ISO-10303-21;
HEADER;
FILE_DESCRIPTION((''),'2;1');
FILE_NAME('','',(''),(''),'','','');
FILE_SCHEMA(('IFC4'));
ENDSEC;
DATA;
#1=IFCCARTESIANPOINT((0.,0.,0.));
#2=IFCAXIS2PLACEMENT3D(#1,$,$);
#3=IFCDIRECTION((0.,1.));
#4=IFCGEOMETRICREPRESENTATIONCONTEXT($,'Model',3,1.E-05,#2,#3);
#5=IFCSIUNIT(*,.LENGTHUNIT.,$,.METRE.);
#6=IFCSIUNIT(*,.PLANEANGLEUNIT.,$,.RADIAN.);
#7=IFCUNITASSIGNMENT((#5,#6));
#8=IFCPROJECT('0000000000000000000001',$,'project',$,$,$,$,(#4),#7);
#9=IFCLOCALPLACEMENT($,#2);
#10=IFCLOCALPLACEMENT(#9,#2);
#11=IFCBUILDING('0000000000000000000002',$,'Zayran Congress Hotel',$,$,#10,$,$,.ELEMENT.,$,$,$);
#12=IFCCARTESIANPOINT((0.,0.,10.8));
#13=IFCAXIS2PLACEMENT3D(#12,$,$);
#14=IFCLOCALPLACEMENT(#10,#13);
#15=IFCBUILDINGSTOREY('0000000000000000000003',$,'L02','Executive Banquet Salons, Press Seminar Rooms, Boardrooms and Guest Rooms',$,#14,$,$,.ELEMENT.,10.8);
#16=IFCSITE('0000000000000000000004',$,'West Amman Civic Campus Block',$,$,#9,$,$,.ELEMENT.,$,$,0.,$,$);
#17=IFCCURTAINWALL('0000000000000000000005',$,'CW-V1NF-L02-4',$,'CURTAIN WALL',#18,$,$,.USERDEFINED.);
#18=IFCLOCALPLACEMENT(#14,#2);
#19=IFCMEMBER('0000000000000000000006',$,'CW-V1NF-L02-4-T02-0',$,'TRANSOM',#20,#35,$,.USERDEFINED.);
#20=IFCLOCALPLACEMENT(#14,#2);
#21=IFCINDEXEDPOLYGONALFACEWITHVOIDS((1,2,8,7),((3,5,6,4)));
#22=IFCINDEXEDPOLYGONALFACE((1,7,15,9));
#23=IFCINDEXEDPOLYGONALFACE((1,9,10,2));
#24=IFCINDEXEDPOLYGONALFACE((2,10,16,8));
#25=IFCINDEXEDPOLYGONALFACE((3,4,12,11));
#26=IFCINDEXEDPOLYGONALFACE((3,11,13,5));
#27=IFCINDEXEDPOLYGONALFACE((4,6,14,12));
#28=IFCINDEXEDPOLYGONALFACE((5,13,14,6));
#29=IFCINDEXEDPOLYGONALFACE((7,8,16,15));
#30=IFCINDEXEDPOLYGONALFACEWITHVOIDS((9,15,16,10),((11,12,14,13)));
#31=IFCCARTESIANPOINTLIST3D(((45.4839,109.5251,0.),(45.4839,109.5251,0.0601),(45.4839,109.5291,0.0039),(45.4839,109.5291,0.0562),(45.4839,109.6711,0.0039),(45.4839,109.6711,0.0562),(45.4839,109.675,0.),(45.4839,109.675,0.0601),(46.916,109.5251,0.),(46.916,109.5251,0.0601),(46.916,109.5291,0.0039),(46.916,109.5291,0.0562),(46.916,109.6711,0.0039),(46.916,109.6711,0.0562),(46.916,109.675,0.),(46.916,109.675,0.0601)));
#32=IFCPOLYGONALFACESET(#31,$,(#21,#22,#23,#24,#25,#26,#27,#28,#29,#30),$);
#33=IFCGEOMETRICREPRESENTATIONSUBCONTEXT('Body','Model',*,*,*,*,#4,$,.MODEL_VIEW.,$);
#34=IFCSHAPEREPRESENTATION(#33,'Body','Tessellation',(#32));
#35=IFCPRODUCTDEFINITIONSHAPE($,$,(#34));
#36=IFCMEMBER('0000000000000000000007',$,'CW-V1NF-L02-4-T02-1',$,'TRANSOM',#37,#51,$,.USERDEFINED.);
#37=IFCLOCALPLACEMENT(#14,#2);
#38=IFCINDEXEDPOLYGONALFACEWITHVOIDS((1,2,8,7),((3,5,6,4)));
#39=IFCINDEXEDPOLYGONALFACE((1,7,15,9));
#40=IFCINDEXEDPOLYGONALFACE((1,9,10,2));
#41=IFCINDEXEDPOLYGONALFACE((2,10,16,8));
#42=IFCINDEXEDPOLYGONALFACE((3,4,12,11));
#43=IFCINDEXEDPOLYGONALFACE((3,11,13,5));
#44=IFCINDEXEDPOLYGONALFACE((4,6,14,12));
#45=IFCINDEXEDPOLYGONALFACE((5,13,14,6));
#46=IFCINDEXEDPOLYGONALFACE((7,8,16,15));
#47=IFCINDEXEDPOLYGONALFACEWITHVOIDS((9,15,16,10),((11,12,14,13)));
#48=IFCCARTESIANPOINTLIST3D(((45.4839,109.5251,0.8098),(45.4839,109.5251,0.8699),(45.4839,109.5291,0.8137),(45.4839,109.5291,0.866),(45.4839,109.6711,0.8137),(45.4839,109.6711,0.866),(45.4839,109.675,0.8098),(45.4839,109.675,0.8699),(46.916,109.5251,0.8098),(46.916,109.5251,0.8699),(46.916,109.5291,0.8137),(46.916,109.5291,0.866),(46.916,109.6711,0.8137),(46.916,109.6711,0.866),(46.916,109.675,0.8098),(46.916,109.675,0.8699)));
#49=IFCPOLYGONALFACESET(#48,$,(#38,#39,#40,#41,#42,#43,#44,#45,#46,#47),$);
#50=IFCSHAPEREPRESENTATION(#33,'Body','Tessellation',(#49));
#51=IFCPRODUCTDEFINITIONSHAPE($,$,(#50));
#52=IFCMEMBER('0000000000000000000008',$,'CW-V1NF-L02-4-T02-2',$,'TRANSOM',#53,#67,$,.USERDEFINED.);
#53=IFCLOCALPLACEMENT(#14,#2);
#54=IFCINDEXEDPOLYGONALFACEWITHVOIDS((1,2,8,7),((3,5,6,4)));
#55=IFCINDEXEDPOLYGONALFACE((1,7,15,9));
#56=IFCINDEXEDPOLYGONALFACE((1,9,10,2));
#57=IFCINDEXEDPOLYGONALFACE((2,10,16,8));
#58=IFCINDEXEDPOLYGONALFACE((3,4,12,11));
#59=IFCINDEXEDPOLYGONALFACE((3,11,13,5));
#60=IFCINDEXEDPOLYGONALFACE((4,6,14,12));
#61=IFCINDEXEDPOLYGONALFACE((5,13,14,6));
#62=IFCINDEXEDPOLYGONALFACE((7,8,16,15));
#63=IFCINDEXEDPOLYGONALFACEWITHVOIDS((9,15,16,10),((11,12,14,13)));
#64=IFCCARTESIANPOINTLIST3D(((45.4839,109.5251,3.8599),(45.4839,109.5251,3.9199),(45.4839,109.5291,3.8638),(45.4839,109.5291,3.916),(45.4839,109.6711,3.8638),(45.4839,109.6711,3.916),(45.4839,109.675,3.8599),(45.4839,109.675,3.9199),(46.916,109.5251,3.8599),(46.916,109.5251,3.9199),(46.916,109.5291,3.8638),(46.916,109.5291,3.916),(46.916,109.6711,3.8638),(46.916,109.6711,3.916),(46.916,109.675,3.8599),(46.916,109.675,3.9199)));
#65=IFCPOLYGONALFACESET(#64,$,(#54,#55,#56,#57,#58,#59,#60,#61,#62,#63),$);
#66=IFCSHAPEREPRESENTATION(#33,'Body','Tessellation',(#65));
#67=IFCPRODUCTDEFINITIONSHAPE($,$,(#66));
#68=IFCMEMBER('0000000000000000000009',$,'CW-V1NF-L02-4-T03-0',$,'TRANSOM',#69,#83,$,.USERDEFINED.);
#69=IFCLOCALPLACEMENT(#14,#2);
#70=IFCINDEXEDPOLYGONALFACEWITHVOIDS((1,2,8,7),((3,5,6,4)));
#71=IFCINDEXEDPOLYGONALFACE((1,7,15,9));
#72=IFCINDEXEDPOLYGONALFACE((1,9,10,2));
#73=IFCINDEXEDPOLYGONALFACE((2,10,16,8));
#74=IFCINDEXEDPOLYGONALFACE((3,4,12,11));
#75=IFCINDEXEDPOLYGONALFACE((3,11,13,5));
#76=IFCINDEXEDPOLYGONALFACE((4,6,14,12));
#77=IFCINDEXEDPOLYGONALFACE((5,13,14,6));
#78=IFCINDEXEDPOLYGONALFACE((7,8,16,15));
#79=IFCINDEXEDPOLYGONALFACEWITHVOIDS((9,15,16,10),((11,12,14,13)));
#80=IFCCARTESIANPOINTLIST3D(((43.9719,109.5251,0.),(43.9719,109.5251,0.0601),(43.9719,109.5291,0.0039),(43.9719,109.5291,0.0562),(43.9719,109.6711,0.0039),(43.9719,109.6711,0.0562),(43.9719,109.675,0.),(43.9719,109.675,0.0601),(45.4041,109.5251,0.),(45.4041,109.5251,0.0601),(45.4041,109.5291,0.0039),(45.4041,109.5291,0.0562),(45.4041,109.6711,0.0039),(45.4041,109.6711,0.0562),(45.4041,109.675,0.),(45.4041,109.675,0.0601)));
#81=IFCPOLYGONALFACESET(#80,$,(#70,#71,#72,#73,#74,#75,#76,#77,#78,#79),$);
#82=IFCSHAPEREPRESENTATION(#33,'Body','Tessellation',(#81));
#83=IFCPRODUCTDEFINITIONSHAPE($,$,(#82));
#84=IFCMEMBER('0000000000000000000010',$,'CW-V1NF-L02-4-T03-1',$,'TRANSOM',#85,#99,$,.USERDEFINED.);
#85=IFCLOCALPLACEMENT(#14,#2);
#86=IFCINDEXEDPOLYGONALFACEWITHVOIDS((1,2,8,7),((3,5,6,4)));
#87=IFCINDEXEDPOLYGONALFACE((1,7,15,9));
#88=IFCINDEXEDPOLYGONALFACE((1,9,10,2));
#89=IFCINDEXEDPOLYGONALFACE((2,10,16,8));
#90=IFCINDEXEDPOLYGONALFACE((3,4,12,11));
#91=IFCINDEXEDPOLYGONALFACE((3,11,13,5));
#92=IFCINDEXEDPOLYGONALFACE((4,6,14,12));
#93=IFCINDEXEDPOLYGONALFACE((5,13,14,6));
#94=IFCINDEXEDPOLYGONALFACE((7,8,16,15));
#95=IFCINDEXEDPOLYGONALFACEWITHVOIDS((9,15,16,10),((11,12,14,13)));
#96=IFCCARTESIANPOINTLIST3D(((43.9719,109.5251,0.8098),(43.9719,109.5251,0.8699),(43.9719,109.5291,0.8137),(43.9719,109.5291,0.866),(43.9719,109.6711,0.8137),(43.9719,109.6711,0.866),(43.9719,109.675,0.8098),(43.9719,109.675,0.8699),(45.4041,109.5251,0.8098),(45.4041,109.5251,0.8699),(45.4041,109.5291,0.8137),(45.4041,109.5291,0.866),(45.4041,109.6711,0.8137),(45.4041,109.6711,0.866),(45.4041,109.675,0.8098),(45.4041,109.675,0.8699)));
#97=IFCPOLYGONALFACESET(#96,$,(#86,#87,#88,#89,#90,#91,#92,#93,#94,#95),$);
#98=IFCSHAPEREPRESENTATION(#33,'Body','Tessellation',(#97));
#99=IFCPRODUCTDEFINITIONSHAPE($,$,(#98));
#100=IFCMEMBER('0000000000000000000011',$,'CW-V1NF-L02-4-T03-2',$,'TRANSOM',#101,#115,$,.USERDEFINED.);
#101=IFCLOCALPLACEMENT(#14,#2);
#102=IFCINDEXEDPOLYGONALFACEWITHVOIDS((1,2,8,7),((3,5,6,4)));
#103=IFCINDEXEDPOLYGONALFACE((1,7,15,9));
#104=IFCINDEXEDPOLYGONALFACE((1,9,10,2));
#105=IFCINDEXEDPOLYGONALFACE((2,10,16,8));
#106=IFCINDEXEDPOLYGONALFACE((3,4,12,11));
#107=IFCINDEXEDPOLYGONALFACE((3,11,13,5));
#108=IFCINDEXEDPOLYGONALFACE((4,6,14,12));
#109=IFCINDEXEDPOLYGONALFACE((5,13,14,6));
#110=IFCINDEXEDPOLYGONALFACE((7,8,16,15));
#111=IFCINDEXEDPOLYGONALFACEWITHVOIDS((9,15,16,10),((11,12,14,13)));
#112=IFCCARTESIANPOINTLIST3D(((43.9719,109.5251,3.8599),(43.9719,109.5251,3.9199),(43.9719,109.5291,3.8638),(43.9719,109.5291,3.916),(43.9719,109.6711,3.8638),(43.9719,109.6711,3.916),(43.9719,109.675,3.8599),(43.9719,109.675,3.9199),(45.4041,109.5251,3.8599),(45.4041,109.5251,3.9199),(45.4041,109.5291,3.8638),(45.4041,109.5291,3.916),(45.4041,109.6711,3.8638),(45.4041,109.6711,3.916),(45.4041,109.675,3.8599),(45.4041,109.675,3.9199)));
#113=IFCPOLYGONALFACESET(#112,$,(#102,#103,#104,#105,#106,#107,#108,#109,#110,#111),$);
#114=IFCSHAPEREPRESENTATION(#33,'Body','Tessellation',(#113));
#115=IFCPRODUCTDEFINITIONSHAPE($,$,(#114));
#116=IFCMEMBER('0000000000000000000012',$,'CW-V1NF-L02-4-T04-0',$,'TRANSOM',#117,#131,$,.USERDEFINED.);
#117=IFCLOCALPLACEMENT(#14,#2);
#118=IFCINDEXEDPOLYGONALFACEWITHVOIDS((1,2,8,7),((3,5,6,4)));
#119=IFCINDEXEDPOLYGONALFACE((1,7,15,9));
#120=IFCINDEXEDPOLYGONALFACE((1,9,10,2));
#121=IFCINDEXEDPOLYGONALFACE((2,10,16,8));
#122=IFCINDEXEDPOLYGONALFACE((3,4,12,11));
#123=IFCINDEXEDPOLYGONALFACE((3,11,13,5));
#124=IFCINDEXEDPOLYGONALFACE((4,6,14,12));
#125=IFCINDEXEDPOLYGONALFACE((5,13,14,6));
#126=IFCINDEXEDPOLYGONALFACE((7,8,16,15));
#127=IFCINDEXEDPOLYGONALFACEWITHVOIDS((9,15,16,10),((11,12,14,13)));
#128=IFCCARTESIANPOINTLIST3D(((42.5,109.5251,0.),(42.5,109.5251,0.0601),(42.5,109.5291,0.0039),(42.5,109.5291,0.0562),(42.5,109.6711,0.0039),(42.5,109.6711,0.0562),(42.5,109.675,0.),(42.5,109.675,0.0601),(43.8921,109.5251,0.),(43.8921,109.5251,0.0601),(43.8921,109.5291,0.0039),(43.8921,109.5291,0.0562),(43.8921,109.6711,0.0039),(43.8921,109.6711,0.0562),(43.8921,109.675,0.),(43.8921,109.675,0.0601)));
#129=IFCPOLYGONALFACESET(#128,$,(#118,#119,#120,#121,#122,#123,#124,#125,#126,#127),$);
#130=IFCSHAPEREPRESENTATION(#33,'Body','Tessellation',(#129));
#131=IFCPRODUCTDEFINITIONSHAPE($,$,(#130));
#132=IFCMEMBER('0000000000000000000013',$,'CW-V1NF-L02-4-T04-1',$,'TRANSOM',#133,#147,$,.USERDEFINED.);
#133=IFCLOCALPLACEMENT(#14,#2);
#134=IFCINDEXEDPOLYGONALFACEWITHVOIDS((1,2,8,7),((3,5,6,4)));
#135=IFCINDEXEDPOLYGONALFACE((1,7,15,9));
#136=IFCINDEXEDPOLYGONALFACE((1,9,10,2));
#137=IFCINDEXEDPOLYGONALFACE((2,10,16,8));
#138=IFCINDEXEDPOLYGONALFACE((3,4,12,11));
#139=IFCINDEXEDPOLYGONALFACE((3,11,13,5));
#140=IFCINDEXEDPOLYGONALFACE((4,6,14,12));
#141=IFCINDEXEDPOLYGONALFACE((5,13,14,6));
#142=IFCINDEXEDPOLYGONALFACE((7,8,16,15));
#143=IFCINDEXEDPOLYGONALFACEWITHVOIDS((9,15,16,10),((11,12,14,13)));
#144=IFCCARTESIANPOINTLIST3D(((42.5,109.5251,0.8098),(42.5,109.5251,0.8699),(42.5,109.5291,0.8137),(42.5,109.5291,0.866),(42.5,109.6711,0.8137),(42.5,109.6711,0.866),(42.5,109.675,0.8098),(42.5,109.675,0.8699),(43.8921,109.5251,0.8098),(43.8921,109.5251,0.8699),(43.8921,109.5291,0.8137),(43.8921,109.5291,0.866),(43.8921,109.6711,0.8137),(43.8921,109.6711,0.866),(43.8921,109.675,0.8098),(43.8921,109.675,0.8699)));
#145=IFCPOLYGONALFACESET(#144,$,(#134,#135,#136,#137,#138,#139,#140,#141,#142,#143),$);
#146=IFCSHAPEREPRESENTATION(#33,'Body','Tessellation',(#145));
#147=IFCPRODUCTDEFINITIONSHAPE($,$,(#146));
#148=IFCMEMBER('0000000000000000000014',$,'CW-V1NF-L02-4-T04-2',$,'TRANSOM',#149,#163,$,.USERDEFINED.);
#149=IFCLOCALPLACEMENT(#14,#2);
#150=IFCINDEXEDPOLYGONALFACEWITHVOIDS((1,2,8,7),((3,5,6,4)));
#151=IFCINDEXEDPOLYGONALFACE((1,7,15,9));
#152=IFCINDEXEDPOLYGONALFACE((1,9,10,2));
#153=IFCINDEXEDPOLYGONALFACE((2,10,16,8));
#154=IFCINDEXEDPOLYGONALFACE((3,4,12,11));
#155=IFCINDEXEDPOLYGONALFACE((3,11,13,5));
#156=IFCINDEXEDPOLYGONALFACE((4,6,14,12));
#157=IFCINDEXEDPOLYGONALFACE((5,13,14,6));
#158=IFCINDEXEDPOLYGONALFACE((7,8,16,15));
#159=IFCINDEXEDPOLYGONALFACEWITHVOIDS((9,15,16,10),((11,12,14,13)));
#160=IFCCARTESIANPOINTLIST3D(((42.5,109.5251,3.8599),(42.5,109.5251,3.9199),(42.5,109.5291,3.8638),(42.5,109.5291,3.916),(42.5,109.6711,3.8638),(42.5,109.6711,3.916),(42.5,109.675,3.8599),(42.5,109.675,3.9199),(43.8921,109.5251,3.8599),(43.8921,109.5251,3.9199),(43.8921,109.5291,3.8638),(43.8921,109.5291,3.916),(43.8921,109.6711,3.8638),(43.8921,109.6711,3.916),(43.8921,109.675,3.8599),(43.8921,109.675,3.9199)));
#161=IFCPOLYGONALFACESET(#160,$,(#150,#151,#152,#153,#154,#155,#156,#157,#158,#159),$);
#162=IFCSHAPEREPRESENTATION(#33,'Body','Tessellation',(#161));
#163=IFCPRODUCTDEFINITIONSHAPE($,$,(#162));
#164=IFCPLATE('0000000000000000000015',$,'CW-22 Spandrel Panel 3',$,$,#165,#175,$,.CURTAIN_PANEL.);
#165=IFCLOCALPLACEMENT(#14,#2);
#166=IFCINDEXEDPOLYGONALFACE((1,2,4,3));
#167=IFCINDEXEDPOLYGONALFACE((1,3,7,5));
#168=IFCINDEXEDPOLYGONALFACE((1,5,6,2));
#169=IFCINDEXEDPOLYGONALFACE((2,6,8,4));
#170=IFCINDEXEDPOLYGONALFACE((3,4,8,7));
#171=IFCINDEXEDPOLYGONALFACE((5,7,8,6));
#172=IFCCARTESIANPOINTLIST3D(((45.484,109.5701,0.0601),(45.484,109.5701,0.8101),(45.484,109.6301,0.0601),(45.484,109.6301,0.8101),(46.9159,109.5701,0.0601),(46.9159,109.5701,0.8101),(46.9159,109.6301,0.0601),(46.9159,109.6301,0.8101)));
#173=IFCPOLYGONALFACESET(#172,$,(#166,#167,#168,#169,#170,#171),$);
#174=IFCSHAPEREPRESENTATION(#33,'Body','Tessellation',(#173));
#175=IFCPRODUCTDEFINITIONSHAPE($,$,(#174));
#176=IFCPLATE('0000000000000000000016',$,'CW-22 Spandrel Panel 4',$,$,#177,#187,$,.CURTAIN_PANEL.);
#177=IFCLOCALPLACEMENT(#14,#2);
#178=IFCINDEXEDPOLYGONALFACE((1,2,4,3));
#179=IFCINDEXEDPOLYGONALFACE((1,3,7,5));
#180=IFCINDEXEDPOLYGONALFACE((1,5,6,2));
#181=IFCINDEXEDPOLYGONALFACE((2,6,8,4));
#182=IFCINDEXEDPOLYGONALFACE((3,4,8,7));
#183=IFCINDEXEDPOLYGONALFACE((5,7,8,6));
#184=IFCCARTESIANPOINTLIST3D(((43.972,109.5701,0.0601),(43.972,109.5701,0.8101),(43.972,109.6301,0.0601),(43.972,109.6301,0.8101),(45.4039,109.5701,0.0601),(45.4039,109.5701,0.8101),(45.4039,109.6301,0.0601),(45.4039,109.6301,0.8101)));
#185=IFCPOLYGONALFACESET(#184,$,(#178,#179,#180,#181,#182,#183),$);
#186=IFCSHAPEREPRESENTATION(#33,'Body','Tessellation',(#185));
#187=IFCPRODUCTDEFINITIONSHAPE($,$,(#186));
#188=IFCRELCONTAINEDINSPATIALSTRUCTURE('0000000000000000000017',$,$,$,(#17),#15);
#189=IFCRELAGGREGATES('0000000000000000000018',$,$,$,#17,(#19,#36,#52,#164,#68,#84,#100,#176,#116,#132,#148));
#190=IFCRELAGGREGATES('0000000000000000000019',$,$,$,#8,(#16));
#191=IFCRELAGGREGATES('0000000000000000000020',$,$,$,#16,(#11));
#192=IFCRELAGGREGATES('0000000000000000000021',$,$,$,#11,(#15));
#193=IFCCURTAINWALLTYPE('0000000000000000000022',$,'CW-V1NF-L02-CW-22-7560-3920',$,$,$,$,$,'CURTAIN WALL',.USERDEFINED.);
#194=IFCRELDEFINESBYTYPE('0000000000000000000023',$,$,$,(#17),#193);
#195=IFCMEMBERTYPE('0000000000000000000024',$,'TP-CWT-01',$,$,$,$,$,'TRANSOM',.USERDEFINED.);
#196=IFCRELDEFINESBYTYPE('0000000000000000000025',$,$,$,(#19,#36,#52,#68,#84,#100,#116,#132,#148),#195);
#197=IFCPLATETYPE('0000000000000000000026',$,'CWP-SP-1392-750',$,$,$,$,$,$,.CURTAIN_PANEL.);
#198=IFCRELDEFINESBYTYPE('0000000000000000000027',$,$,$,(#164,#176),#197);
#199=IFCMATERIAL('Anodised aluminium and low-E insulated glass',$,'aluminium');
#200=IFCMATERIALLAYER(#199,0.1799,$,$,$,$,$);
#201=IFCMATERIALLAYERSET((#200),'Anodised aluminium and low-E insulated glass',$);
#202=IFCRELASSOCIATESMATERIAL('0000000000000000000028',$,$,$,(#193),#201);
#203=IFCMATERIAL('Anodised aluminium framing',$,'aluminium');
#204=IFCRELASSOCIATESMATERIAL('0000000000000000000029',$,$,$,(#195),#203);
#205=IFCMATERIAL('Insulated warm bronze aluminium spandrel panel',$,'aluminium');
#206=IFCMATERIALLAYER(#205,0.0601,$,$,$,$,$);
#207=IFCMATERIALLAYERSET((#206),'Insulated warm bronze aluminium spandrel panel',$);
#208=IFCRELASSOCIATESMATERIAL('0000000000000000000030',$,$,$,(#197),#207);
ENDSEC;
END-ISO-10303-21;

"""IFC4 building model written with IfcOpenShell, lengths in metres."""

from ifc_helpers import new_model, si_unit, direction, frame, origin, origin_2d, place, context, subcontext, project, spatial, rectangle, hollow_rectangle, extrude, material, layer, layer_set, material_profile, profile_set, type_object, element, aggregate, save


model = new_model("IFC4")

# Units and contexts
model_context = context("Model", 3, precision=1e-05, world=origin(), true_north=direction((0.0, 1.0)))
body_context = subcontext(model_context, "Body", "Model", "MODEL_VIEW")
ifc_project = project(units=[si_unit("LENGTHUNIT", "METRE"), si_unit("PLANEANGLEUNIT", "RADIAN")], contexts=[model_context])

# Site, building, storey
site_placement = place(None, origin())
site = spatial("IfcSite", under=ifc_project, at=site_placement, Name="West Amman Civic Campus Block", CompositionType="ELEMENT", RefElevation=0.0)
building_placement = place(site_placement, origin())
building = spatial("IfcBuilding", under=site, at=building_placement, Name="Zayran Congress Hotel", CompositionType="ELEMENT")
storey_placement = place(building_placement, frame((0.0, 0.0, 10.8)))
storey = spatial("IfcBuildingStorey", under=building, at=storey_placement, Name="L02", Description="Executive Banquet Salons, Press Seminar Rooms, Boardrooms and Guest Rooms", CompositionType="ELEMENT", Elevation=10.8)

# Shared definitions
ifc_material_1 = material(Name="Anodised aluminium and low-E insulated glass", Category="aluminium")
ifc_material_2 = material(Name="Anodised aluminium framing", Category="aluminium")

# Curtain wall
ifc_layer_1 = layer(ifc_material_1, 0.1799)
ifc_layer_set_1 = layer_set([ifc_layer_1], Name="Anodised aluminium and low-E insulated glass")
curtain_wall_type_1 = type_object("IfcCurtainWallType", Name="CW-V1NF-L02-CW-22-7560-3920", ElementType="CURTAIN WALL", PredefinedType="USERDEFINED", material=ifc_layer_set_1)
curtain_wall_1_placement = place(storey_placement, origin())
curtain_wall_1 = element("IfcCurtainWall", 1, at=curtain_wall_1_placement, inside=storey, type_object=curtain_wall_type_1, Name="CW-V1NF-L02-4", ObjectType="CURTAIN WALL", PredefinedType="USERDEFINED")

# Members
ifc_material_profile_1 = material_profile(ifc_material_2, hollow_rectangle(XDim=0.0601, YDim=0.1499, WallThickness=0.0039, at=origin_2d()), Name="RHS 150x60x4")
ifc_profile_set_1 = profile_set([ifc_material_profile_1], Name="Anodised aluminium framing")
member_type_1 = type_object("IfcMemberType", Name="TP-CWT-01", ElementType="TRANSOM", PredefinedType="USERDEFINED", material=ifc_profile_set_1)
member_1_placement = place(storey_placement, frame((46.916, 109.6001, 0.03), z_axis=(-1.0, 0.0, 0.0), x_axis=(0.0, 0.0, 1.0)))
member_1 = element("IfcMember", 2, at=member_1_placement, type_object=member_type_1, Name="CW-V1NF-L02-4-T02-0", ObjectType="TRANSOM", PredefinedType="USERDEFINED", context=body_context, shape_type="SweptSolid", body=[
    extrude(hollow_rectangle(XDim=0.0601, YDim=0.1499, WallThickness=0.0039, at=origin_2d()), origin(), (0.0, 0.0, 1.0), 1.4321),
])
member_2_placement = place(storey_placement, frame((46.916, 109.6001, 0.8398), z_axis=(-1.0, 0.0, 0.0), x_axis=(0.0, 0.0, 1.0)))
member_2 = element("IfcMember", 3, at=member_2_placement, type_object=member_type_1, Name="CW-V1NF-L02-4-T02-1", ObjectType="TRANSOM", PredefinedType="USERDEFINED", context=body_context, shape_type="SweptSolid", body=[
    extrude(hollow_rectangle(XDim=0.0601, YDim=0.1499, WallThickness=0.0039, at=origin_2d()), origin(), (0.0, 0.0, 1.0), 1.4321),
])
member_3_placement = place(storey_placement, frame((46.916, 109.6001, 3.8899), z_axis=(-1.0, 0.0, 0.0), x_axis=(0.0, 0.0, 1.0)))
member_3 = element("IfcMember", 4, at=member_3_placement, type_object=member_type_1, Name="CW-V1NF-L02-4-T02-2", ObjectType="TRANSOM", PredefinedType="USERDEFINED", context=body_context, shape_type="SweptSolid", body=[
    extrude(hollow_rectangle(XDim=0.0601, YDim=0.1499, WallThickness=0.0039, at=origin_2d()), origin(), (0.0, 0.0, 1.0), 1.4321),
])
member_4_placement = place(storey_placement, frame((45.4041, 109.6001, 0.03), z_axis=(-1.0, 0.0, 0.0), x_axis=(0.0, 0.0, 1.0)))
member_4 = element("IfcMember", 5, at=member_4_placement, type_object=member_type_1, Name="CW-V1NF-L02-4-T03-0", ObjectType="TRANSOM", PredefinedType="USERDEFINED", context=body_context, shape_type="SweptSolid", body=[
    extrude(hollow_rectangle(XDim=0.0601, YDim=0.1499, WallThickness=0.0039, at=origin_2d()), origin(), (0.0, 0.0, 1.0), 1.4321),
])
member_5_placement = place(storey_placement, frame((45.4041, 109.6001, 0.8398), z_axis=(-1.0, 0.0, 0.0), x_axis=(0.0, 0.0, 1.0)))
member_5 = element("IfcMember", 6, at=member_5_placement, type_object=member_type_1, Name="CW-V1NF-L02-4-T03-1", ObjectType="TRANSOM", PredefinedType="USERDEFINED", context=body_context, shape_type="SweptSolid", body=[
    extrude(hollow_rectangle(XDim=0.0601, YDim=0.1499, WallThickness=0.0039, at=origin_2d()), origin(), (0.0, 0.0, 1.0), 1.4321),
])
member_6_placement = place(storey_placement, frame((45.4041, 109.6001, 3.8899), z_axis=(-1.0, 0.0, 0.0), x_axis=(0.0, 0.0, 1.0)))
member_6 = element("IfcMember", 7, at=member_6_placement, type_object=member_type_1, Name="CW-V1NF-L02-4-T03-2", ObjectType="TRANSOM", PredefinedType="USERDEFINED", context=body_context, shape_type="SweptSolid", body=[
    extrude(hollow_rectangle(XDim=0.0601, YDim=0.1499, WallThickness=0.0039, at=origin_2d()), origin(), (0.0, 0.0, 1.0), 1.4321),
])
member_7_placement = place(storey_placement, frame((43.8921, 109.6001, 0.03), z_axis=(-1.0, 0.0, 0.0), x_axis=(0.0, 0.0, 1.0)))
member_7 = element("IfcMember", 8, at=member_7_placement, type_object=member_type_1, Name="CW-V1NF-L02-4-T04-0", ObjectType="TRANSOM", PredefinedType="USERDEFINED", context=body_context, shape_type="SweptSolid", body=[
    extrude(hollow_rectangle(XDim=0.0601, YDim=0.1499, WallThickness=0.0039, at=origin_2d()), origin(), (0.0, 0.0, 1.0), 1.3921),
])
member_8_placement = place(storey_placement, frame((43.8921, 109.6001, 0.8398), z_axis=(-1.0, 0.0, 0.0), x_axis=(0.0, 0.0, 1.0)))
member_8 = element("IfcMember", 9, at=member_8_placement, type_object=member_type_1, Name="CW-V1NF-L02-4-T04-1", ObjectType="TRANSOM", PredefinedType="USERDEFINED", context=body_context, shape_type="SweptSolid", body=[
    extrude(hollow_rectangle(XDim=0.0601, YDim=0.1499, WallThickness=0.0039, at=origin_2d()), origin(), (0.0, 0.0, 1.0), 1.3921),
])
member_9_placement = place(storey_placement, frame((43.8921, 109.6001, 3.8899), z_axis=(-1.0, 0.0, 0.0), x_axis=(0.0, 0.0, 1.0)))
member_9 = element("IfcMember", 10, at=member_9_placement, type_object=member_type_1, Name="CW-V1NF-L02-4-T04-2", ObjectType="TRANSOM", PredefinedType="USERDEFINED", context=body_context, shape_type="SweptSolid", body=[
    extrude(hollow_rectangle(XDim=0.0601, YDim=0.1499, WallThickness=0.0039, at=origin_2d()), origin(), (0.0, 0.0, 1.0), 1.3921),
])

# Plates
ifc_material_3 = material(Name="Insulated warm bronze aluminium spandrel panel", Category="aluminium")
ifc_layer_2 = layer(ifc_material_3, 0.0601)
ifc_layer_set_2 = layer_set([ifc_layer_2], Name="Insulated warm bronze aluminium spandrel panel")
plate_type_1 = type_object("IfcPlateType", Name="CWP-SP-1392-750", PredefinedType="CURTAIN_PANEL", material=ifc_layer_set_2)
plate_1_placement = place(storey_placement, frame((46.2, 109.6001, 0.0601), z_axis=(0.0, 0.0, 1.0), x_axis=(1.0, 0.0, 0.0)))
plate_1 = element("IfcPlate", 11, at=plate_1_placement, type_object=plate_type_1, Name="CW-22 Spandrel Panel 3", PredefinedType="CURTAIN_PANEL", context=body_context, shape_type="SweptSolid", body=[
    extrude(rectangle(XDim=1.4319, YDim=0.0601, at=origin_2d()), origin(), (0.0, 0.0, 1.0), 0.75),
])
plate_2_placement = place(storey_placement, frame((44.688, 109.6001, 0.0601), z_axis=(0.0, 0.0, 1.0), x_axis=(1.0, 0.0, 0.0)))
plate_2 = element("IfcPlate", 12, at=plate_2_placement, type_object=plate_type_1, Name="CW-22 Spandrel Panel 4", PredefinedType="CURTAIN_PANEL", context=body_context, shape_type="SweptSolid", body=[
    extrude(rectangle(XDim=1.4319, YDim=0.0601, at=origin_2d()), origin(), (0.0, 0.0, 1.0), 0.75),
])
aggregate(curtain_wall_1, [member_1, member_2, member_3, plate_1, member_4, member_5, member_6, plate_2, member_7, member_8, member_9])

save(model, "model.ifc")
